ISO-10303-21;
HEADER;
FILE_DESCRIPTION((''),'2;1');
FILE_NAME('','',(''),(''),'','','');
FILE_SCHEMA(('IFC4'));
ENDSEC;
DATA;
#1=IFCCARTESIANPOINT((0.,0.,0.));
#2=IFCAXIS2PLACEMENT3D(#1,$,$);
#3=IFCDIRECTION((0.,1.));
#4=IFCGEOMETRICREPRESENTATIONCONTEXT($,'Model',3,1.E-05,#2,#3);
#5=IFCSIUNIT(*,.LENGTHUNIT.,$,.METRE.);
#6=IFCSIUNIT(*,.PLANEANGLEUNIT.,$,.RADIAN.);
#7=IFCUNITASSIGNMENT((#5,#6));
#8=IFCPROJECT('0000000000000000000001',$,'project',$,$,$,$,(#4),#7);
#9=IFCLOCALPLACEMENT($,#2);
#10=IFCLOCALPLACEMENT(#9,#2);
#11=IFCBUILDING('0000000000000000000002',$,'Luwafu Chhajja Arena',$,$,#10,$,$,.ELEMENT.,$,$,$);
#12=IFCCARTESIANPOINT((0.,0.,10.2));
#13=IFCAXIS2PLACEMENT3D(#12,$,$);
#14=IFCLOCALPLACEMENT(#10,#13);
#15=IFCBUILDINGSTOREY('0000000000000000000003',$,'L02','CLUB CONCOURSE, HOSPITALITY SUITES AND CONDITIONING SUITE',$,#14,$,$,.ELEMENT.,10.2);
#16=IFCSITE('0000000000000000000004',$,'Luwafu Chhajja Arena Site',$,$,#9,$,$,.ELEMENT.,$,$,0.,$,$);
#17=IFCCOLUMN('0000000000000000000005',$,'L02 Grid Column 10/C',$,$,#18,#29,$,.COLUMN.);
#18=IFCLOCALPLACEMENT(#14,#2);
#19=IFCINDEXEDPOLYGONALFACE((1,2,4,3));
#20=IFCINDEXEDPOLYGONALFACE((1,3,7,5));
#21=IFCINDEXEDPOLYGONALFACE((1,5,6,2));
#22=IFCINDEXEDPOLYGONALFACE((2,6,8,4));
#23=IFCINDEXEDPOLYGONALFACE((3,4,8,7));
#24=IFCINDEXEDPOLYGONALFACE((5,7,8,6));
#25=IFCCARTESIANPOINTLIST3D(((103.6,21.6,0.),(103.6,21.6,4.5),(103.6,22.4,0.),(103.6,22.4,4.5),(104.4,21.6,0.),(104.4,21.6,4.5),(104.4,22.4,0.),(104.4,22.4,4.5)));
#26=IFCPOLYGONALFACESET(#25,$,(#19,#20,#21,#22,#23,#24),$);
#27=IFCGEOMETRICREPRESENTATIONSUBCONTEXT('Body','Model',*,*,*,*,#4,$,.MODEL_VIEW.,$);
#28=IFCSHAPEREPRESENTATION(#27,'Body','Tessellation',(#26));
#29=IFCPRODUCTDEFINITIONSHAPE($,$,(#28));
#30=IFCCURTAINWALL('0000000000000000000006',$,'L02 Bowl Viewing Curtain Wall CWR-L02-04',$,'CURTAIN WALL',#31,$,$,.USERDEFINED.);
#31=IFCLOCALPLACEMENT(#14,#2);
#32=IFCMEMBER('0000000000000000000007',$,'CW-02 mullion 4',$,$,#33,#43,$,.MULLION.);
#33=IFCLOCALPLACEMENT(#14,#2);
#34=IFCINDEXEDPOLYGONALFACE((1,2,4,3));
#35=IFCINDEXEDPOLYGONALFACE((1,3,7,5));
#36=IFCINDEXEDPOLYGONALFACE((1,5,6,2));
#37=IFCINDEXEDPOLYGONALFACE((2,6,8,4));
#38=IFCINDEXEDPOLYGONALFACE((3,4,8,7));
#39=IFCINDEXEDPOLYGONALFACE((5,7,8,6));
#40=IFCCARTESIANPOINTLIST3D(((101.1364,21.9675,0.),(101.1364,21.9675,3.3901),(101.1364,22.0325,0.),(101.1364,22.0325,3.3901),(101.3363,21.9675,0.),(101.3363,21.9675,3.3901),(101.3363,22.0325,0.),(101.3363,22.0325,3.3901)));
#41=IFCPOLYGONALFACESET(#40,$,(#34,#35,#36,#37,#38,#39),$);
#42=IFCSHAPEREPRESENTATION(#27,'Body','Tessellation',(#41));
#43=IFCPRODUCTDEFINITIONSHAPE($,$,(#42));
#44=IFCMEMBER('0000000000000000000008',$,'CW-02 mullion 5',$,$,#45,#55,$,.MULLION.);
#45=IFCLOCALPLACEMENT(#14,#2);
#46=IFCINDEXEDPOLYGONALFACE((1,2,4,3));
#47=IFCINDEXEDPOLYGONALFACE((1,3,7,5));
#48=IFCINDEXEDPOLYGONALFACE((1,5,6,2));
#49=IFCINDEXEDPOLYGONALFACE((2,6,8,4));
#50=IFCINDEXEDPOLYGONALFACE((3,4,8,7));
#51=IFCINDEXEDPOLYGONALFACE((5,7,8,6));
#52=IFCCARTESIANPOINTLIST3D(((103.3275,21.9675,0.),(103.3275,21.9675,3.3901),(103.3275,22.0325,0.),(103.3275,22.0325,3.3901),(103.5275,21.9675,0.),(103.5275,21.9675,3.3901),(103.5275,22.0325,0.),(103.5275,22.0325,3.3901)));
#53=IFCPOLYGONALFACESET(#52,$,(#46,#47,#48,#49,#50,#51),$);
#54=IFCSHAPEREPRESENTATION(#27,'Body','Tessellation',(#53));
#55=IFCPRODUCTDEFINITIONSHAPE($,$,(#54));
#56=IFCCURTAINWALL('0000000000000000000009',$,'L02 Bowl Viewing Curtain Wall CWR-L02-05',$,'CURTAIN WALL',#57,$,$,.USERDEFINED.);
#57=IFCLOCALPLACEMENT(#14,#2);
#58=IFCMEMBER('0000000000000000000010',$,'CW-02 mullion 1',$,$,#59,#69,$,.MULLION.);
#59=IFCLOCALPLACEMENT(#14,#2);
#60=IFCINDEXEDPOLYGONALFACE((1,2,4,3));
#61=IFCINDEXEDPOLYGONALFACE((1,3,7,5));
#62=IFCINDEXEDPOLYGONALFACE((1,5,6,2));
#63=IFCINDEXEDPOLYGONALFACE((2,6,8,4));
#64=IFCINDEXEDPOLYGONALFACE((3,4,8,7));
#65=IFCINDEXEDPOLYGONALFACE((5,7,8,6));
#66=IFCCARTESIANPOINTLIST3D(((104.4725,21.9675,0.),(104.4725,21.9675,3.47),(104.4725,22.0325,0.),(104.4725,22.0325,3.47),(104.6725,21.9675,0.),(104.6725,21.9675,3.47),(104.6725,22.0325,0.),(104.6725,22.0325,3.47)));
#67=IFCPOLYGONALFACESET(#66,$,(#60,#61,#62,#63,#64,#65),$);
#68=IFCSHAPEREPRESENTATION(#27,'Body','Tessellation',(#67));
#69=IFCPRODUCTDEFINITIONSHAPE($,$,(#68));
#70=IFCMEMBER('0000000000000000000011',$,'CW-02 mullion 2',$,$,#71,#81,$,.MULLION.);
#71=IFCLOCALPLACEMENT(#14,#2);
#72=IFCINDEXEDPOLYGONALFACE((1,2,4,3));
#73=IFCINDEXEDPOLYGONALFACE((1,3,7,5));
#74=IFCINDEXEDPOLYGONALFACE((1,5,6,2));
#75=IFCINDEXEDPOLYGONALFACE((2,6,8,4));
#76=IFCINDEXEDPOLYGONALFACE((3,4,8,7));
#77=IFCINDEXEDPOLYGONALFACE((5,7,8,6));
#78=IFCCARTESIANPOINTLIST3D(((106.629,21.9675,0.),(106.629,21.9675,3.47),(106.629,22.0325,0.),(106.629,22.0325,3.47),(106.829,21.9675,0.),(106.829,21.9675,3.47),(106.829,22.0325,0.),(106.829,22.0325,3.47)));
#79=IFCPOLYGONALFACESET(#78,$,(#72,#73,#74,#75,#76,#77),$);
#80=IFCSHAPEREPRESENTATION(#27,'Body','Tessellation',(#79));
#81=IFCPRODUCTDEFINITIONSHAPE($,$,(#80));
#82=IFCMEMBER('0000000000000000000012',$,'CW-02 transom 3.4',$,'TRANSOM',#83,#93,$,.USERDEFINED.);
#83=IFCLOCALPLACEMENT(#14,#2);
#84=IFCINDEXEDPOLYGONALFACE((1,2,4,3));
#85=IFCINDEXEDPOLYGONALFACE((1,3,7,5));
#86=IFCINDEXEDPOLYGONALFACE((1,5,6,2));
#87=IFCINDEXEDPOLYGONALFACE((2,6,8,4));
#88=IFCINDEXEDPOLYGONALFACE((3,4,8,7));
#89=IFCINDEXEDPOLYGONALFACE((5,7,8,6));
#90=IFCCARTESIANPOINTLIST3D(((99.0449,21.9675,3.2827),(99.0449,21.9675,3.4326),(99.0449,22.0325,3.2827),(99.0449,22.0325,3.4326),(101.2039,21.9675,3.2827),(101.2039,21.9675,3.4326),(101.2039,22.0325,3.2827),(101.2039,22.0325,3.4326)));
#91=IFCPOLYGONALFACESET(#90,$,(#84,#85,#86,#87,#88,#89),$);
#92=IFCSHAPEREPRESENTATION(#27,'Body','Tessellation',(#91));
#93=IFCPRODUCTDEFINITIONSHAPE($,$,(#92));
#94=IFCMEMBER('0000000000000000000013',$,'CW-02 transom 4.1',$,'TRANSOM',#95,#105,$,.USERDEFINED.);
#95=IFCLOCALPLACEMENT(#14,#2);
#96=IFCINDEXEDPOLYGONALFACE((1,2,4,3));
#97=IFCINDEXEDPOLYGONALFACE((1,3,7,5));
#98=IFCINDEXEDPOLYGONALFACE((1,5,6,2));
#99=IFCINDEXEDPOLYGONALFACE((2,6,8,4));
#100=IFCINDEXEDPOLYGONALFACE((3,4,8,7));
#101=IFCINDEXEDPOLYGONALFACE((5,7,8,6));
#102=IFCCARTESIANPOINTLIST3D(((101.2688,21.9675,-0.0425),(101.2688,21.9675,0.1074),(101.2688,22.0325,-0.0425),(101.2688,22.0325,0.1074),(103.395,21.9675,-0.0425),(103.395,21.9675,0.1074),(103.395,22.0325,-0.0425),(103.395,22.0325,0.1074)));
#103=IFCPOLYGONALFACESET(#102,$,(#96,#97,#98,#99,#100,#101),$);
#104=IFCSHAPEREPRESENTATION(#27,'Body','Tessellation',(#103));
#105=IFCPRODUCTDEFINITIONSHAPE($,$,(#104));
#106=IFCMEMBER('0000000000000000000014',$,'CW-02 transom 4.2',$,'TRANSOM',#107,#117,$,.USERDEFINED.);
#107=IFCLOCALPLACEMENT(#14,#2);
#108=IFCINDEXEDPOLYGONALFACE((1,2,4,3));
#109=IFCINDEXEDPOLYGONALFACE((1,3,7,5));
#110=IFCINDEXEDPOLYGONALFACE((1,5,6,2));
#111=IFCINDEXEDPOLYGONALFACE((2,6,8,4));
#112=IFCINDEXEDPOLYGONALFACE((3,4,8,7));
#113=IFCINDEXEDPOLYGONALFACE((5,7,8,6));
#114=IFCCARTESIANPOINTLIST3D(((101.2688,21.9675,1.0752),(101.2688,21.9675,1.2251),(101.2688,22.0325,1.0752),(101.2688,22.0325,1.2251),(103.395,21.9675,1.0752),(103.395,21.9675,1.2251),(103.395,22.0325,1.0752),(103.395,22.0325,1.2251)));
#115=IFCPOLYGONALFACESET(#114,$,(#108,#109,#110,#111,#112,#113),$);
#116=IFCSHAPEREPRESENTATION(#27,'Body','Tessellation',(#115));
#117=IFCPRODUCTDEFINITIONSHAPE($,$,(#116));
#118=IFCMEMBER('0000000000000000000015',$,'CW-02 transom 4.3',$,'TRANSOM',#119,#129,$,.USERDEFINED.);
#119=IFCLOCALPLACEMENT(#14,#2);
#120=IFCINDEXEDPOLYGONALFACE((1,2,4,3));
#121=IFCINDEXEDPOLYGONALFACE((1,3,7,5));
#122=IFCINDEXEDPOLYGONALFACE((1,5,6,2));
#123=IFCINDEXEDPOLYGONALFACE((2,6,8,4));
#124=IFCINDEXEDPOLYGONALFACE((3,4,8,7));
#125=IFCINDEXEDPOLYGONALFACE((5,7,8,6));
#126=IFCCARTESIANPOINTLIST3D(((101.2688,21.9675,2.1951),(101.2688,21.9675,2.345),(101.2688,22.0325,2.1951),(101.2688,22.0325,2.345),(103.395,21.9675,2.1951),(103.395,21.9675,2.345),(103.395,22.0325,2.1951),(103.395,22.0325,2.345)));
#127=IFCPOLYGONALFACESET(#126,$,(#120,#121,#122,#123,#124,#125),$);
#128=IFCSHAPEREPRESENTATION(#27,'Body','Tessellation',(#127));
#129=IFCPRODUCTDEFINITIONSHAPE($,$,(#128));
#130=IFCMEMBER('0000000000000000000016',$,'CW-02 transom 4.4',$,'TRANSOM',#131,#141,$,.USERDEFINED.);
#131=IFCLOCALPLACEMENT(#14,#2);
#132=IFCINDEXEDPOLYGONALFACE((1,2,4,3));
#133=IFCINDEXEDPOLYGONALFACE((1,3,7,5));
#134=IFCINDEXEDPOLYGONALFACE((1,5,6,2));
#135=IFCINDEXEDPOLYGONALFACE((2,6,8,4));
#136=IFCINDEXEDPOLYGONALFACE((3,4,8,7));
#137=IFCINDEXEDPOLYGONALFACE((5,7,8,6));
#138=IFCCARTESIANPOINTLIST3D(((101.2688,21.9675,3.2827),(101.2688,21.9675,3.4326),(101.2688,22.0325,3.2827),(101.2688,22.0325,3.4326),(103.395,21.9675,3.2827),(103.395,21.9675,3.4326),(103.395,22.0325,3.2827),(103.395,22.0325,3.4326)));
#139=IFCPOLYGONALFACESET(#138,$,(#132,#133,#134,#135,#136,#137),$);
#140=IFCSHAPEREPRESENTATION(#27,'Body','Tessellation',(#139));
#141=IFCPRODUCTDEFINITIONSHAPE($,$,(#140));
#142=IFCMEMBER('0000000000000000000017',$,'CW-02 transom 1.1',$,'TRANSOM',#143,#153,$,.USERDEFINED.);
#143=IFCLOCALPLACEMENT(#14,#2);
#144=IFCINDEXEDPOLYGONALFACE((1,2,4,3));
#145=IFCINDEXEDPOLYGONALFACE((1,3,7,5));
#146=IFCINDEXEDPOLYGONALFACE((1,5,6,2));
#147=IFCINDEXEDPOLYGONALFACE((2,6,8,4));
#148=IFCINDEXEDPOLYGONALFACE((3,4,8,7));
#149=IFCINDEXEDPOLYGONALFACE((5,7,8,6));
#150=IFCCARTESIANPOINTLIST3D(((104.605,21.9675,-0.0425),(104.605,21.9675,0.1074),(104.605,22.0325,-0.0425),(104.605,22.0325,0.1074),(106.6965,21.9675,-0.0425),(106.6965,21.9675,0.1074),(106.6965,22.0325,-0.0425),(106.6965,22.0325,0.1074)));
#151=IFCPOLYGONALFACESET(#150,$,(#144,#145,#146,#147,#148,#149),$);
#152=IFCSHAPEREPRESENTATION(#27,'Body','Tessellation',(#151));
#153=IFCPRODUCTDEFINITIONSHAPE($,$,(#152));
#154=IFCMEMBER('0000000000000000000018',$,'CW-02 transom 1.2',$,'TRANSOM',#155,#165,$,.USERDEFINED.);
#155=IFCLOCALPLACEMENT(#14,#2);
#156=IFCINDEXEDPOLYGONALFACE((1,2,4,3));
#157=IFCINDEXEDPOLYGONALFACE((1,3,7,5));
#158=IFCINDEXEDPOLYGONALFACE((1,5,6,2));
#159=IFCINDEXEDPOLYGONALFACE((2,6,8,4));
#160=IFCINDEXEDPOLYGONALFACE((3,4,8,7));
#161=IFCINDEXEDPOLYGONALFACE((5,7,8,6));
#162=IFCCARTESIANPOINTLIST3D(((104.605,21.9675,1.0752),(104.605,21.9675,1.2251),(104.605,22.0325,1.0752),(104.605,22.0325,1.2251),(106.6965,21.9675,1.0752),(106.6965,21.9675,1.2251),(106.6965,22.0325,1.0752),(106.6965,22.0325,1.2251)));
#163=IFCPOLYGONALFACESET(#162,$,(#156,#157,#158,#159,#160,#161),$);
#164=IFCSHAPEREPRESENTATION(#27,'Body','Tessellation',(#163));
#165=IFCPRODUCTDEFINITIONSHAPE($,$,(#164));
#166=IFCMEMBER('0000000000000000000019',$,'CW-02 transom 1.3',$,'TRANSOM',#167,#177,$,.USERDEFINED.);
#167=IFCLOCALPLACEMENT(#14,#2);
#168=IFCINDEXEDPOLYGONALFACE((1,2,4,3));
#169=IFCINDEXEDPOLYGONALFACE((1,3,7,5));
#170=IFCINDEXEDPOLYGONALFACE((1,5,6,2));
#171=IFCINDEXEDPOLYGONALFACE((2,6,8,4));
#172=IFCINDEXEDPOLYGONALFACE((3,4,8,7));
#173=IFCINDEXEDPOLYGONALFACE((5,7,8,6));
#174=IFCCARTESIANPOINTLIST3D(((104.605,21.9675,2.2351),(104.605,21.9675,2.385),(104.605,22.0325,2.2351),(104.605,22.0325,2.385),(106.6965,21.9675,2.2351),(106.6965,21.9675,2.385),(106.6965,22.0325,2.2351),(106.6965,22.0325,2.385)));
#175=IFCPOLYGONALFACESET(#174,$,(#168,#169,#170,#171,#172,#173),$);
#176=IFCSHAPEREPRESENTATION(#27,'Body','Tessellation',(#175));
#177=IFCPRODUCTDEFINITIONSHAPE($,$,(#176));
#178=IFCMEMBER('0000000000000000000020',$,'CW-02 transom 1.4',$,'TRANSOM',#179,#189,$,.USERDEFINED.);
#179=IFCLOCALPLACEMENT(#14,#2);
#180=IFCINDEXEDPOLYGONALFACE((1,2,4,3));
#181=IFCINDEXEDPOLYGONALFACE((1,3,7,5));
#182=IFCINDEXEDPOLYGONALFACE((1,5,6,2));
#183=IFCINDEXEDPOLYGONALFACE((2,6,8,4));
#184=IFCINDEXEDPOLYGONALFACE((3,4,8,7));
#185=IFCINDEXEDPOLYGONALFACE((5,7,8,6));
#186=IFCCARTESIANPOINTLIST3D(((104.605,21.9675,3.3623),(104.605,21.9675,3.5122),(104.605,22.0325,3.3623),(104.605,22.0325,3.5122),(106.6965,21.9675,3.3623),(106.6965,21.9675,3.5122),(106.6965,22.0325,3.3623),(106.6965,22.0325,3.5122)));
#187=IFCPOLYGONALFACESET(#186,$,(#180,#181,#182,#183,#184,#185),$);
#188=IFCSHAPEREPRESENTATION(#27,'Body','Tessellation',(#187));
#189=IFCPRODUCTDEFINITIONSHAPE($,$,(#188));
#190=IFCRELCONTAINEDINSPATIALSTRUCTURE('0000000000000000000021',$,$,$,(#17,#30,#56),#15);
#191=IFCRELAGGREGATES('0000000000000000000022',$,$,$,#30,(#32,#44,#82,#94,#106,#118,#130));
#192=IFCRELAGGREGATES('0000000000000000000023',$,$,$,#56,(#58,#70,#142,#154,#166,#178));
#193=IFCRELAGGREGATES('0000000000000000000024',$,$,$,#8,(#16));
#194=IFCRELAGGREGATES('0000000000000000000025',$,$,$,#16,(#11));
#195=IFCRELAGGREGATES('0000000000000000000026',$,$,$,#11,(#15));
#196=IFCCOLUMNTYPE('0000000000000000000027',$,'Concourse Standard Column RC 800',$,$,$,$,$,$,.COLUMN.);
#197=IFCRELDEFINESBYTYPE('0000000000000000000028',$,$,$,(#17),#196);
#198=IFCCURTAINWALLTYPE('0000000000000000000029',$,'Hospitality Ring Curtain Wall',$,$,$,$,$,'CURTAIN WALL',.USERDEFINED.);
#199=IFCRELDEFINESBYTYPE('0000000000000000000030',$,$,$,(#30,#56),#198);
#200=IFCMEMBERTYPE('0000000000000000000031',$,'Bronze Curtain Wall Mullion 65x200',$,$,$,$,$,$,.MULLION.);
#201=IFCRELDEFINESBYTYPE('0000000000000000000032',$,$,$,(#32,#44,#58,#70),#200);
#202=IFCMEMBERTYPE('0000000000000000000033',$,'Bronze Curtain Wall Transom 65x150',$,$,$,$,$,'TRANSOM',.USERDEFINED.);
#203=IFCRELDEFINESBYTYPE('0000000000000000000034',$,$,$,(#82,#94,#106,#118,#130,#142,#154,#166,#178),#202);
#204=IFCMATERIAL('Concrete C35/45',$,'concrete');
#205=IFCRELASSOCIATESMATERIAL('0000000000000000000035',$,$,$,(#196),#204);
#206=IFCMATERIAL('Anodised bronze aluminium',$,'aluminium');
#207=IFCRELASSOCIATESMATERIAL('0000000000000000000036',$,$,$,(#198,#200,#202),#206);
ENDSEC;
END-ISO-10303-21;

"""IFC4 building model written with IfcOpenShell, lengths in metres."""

from ifc_helpers import new_model, si_unit, direction, frame, origin, origin_2d, place, context, subcontext, project, spatial, rectangle, extrude, material, material_profile, profile_set, type_object, element, aggregate, save


model = new_model("IFC4")

# Units and contexts
model_context = context("Model", 3, precision=1e-05, world=origin(), true_north=direction((0.0, 1.0)))
body_context = subcontext(model_context, "Body", "Model", "MODEL_VIEW")
ifc_project = project(units=[si_unit("LENGTHUNIT", "METRE"), si_unit("PLANEANGLEUNIT", "RADIAN")], contexts=[model_context])

# Site, building, storey
site_placement = place(None, origin())
site = spatial("IfcSite", under=ifc_project, at=site_placement, Name="Luwafu Chhajja Arena Site", CompositionType="ELEMENT", RefElevation=0.0)
building_placement = place(site_placement, origin())
building = spatial("IfcBuilding", under=site, at=building_placement, Name="Luwafu Chhajja Arena", CompositionType="ELEMENT")
storey_placement = place(building_placement, frame((0.0, 0.0, 10.2)))
storey = spatial("IfcBuildingStorey", under=building, at=storey_placement, Name="L02", Description="CLUB CONCOURSE, HOSPITALITY SUITES AND CONDITIONING SUITE", CompositionType="ELEMENT", Elevation=10.2)

# Column
ifc_material_1 = material(Name="Concrete C35/45", Category="concrete")
ifc_material_profile_1 = material_profile(ifc_material_1, rectangle(XDim=0.8, YDim=0.8, at=origin_2d()), Name="RC 800x800")
ifc_profile_set_1 = profile_set([ifc_material_profile_1], Name="Concrete C35/45")
column_type = type_object("IfcColumnType", Name="Concourse Standard Column RC 800", PredefinedType="COLUMN", material=ifc_profile_set_1)
column_placement = place(storey_placement, frame((104.0, 22.0, 0.0), z_axis=(0.0, 0.0, 1.0), x_axis=(1.0, 0.0, 0.0)))
element("IfcColumn", 1, at=column_placement, inside=storey, type_object=column_type, Name="L02 Grid Column 10/C", PredefinedType="COLUMN", context=body_context, shape_type="SweptSolid", body=[
    extrude(rectangle(XDim=0.8, YDim=0.8, at=origin_2d()), origin(), (0.0, 0.0, 1.0), 4.5),
])

# Curtain walls, members
ifc_material_2 = material(Name="Anodised bronze aluminium", Category="aluminium")
curtain_wall_type = type_object("IfcCurtainWallType", Name="Hospitality Ring Curtain Wall", ElementType="CURTAIN WALL", PredefinedType="USERDEFINED", material=ifc_material_2)
curtain_wall_1_placement = place(storey_placement, origin())
curtain_wall_1 = element("IfcCurtainWall", 2, at=curtain_wall_1_placement, inside=storey, type_object=curtain_wall_type, Name="L02 Bowl Viewing Curtain Wall CWR-L02-04", ObjectType="CURTAIN WALL", PredefinedType="USERDEFINED")
ifc_material_profile_2 = material_profile(ifc_material_2, rectangle(XDim=0.0649, YDim=0.2, at=origin_2d()), Name="CWM 65x200")
ifc_profile_set_2 = profile_set([ifc_material_profile_2], Name="Anodised bronze aluminium")
member_type_1 = type_object("IfcMemberType", Name="Bronze Curtain Wall Mullion 65x200", PredefinedType="MULLION", material=ifc_profile_set_2)
member_1_placement = place(storey_placement, frame((101.2363, 22.0, 0.0), z_axis=(0.0, 0.0, 1.0), x_axis=(0.0, 1.0, 0.0)))
member_1 = element("IfcMember", 3, at=member_1_placement, type_object=member_type_1, Name="CW-02 mullion 4", PredefinedType="MULLION", context=body_context, shape_type="SweptSolid", body=[
    extrude(rectangle(XDim=0.0649, YDim=0.2, at=origin_2d()), origin(), (0.0, 0.0, 1.0), 3.3901),
])
member_2_placement = place(storey_placement, frame((103.4275, 22.0, 0.0), z_axis=(0.0, 0.0, 1.0), x_axis=(0.0, 1.0, 0.0)))
member_2 = element("IfcMember", 4, at=member_2_placement, type_object=member_type_1, Name="CW-02 mullion 5", PredefinedType="MULLION", context=body_context, shape_type="SweptSolid", body=[
    extrude(rectangle(XDim=0.0649, YDim=0.2, at=origin_2d()), origin(), (0.0, 0.0, 1.0), 3.3901),
])
curtain_wall_2_placement = place(storey_placement, origin())
curtain_wall_2 = element("IfcCurtainWall", 5, at=curtain_wall_2_placement, inside=storey, type_object=curtain_wall_type, Name="L02 Bowl Viewing Curtain Wall CWR-L02-05", ObjectType="CURTAIN WALL", PredefinedType="USERDEFINED")
member_3_placement = place(storey_placement, frame((104.5725, 22.0, 0.0), z_axis=(0.0, 0.0, 1.0), x_axis=(0.0, 1.0, 0.0)))
member_3 = element("IfcMember", 6, at=member_3_placement, type_object=member_type_1, Name="CW-02 mullion 1", PredefinedType="MULLION", context=body_context, shape_type="SweptSolid", body=[
    extrude(rectangle(XDim=0.0649, YDim=0.2, at=origin_2d()), origin(), (0.0, 0.0, 1.0), 3.47),
])
member_4_placement = place(storey_placement, frame((106.729, 22.0, 0.0), z_axis=(0.0, 0.0, 1.0), x_axis=(0.0, 1.0, 0.0)))
member_4 = element("IfcMember", 7, at=member_4_placement, type_object=member_type_1, Name="CW-02 mullion 2", PredefinedType="MULLION", context=body_context, shape_type="SweptSolid", body=[
    extrude(rectangle(XDim=0.0649, YDim=0.2, at=origin_2d()), origin(), (0.0, 0.0, 1.0), 3.47),
])

# Members
ifc_material_profile_3 = material_profile(ifc_material_2, rectangle(XDim=0.0649, YDim=0.1499, at=origin_2d()), Name="CWT 65x150")
ifc_profile_set_3 = profile_set([ifc_material_profile_3], Name="Anodised bronze aluminium")
member_type_2 = type_object("IfcMemberType", Name="Bronze Curtain Wall Transom 65x150", ElementType="TRANSOM", PredefinedType="USERDEFINED", material=ifc_profile_set_3)
member_5_placement = place(storey_placement, frame((99.0449, 22.0, 3.3577), z_axis=(1.0, 0.0, 0.0), x_axis=(0.0, 1.0, 0.0)))
member_5 = element("IfcMember", 8, at=member_5_placement, type_object=member_type_2, Name="CW-02 transom 3.4", ObjectType="TRANSOM", PredefinedType="USERDEFINED", context=body_context, shape_type="SweptSolid", body=[
    extrude(rectangle(XDim=0.0649, YDim=0.1499, at=origin_2d()), origin(), (0.0, 0.0, 1.0), 2.1589),
])
member_6_placement = place(storey_placement, frame((101.2688, 22.0, 0.0325), z_axis=(1.0, 0.0, 0.0), x_axis=(0.0, 1.0, 0.0)))
member_6 = element("IfcMember", 9, at=member_6_placement, type_object=member_type_2, Name="CW-02 transom 4.1", ObjectType="TRANSOM", PredefinedType="USERDEFINED", context=body_context, shape_type="SweptSolid", body=[
    extrude(rectangle(XDim=0.0649, YDim=0.1499, at=origin_2d()), origin(), (0.0, 0.0, 1.0), 2.1262),
])
member_7_placement = place(storey_placement, frame((101.2688, 22.0, 1.1501), z_axis=(1.0, 0.0, 0.0), x_axis=(0.0, 1.0, 0.0)))
member_7 = element("IfcMember", 10, at=member_7_placement, type_object=member_type_2, Name="CW-02 transom 4.2", ObjectType="TRANSOM", PredefinedType="USERDEFINED", context=body_context, shape_type="SweptSolid", body=[
    extrude(rectangle(XDim=0.0649, YDim=0.1499, at=origin_2d()), origin(), (0.0, 0.0, 1.0), 2.1262),
])
member_8_placement = place(storey_placement, frame((101.2688, 22.0, 2.27), z_axis=(1.0, 0.0, 0.0), x_axis=(0.0, 1.0, 0.0)))
member_8 = element("IfcMember", 11, at=member_8_placement, type_object=member_type_2, Name="CW-02 transom 4.3", ObjectType="TRANSOM", PredefinedType="USERDEFINED", context=body_context, shape_type="SweptSolid", body=[
    extrude(rectangle(XDim=0.0649, YDim=0.1499, at=origin_2d()), origin(), (0.0, 0.0, 1.0), 2.1262),
])
member_9_placement = place(storey_placement, frame((101.2688, 22.0, 3.3577), z_axis=(1.0, 0.0, 0.0), x_axis=(0.0, 1.0, 0.0)))
member_9 = element("IfcMember", 12, at=member_9_placement, type_object=member_type_2, Name="CW-02 transom 4.4", ObjectType="TRANSOM", PredefinedType="USERDEFINED", context=body_context, shape_type="SweptSolid", body=[
    extrude(rectangle(XDim=0.0649, YDim=0.1499, at=origin_2d()), origin(), (0.0, 0.0, 1.0), 2.1262),
])
member_10_placement = place(storey_placement, frame((104.605, 22.0, 0.0325), z_axis=(1.0, 0.0, 0.0), x_axis=(0.0, 1.0, 0.0)))
member_10 = element("IfcMember", 13, at=member_10_placement, type_object=member_type_2, Name="CW-02 transom 1.1", ObjectType="TRANSOM", PredefinedType="USERDEFINED", context=body_context, shape_type="SweptSolid", body=[
    extrude(rectangle(XDim=0.0649, YDim=0.1499, at=origin_2d()), origin(), (0.0, 0.0, 1.0), 2.0916),
])
member_11_placement = place(storey_placement, frame((104.605, 22.0, 1.1501), z_axis=(1.0, 0.0, 0.0), x_axis=(0.0, 1.0, 0.0)))
member_11 = element("IfcMember", 14, at=member_11_placement, type_object=member_type_2, Name="CW-02 transom 1.2", ObjectType="TRANSOM", PredefinedType="USERDEFINED", context=body_context, shape_type="SweptSolid", body=[
    extrude(rectangle(XDim=0.0649, YDim=0.1499, at=origin_2d()), origin(), (0.0, 0.0, 1.0), 2.0916),
])
member_12_placement = place(storey_placement, frame((104.605, 22.0, 2.3101), z_axis=(1.0, 0.0, 0.0), x_axis=(0.0, 1.0, 0.0)))
member_12 = element("IfcMember", 15, at=member_12_placement, type_object=member_type_2, Name="CW-02 transom 1.3", ObjectType="TRANSOM", PredefinedType="USERDEFINED", context=body_context, shape_type="SweptSolid", body=[
    extrude(rectangle(XDim=0.0649, YDim=0.1499, at=origin_2d()), origin(), (0.0, 0.0, 1.0), 2.0916),
])
member_13_placement = place(storey_placement, frame((104.605, 22.0, 3.4373), z_axis=(1.0, 0.0, 0.0), x_axis=(0.0, 1.0, 0.0)))
member_13 = element("IfcMember", 16, at=member_13_placement, type_object=member_type_2, Name="CW-02 transom 1.4", ObjectType="TRANSOM", PredefinedType="USERDEFINED", context=body_context, shape_type="SweptSolid", body=[
    extrude(rectangle(XDim=0.0649, YDim=0.1499, at=origin_2d()), origin(), (0.0, 0.0, 1.0), 2.0916),
])

aggregate(curtain_wall_1, [member_1, member_2, member_5, member_6, member_7, member_8, member_9])
aggregate(curtain_wall_2, [member_3, member_4, member_10, member_11, member_12, member_13])

save(model, "model.ifc")
